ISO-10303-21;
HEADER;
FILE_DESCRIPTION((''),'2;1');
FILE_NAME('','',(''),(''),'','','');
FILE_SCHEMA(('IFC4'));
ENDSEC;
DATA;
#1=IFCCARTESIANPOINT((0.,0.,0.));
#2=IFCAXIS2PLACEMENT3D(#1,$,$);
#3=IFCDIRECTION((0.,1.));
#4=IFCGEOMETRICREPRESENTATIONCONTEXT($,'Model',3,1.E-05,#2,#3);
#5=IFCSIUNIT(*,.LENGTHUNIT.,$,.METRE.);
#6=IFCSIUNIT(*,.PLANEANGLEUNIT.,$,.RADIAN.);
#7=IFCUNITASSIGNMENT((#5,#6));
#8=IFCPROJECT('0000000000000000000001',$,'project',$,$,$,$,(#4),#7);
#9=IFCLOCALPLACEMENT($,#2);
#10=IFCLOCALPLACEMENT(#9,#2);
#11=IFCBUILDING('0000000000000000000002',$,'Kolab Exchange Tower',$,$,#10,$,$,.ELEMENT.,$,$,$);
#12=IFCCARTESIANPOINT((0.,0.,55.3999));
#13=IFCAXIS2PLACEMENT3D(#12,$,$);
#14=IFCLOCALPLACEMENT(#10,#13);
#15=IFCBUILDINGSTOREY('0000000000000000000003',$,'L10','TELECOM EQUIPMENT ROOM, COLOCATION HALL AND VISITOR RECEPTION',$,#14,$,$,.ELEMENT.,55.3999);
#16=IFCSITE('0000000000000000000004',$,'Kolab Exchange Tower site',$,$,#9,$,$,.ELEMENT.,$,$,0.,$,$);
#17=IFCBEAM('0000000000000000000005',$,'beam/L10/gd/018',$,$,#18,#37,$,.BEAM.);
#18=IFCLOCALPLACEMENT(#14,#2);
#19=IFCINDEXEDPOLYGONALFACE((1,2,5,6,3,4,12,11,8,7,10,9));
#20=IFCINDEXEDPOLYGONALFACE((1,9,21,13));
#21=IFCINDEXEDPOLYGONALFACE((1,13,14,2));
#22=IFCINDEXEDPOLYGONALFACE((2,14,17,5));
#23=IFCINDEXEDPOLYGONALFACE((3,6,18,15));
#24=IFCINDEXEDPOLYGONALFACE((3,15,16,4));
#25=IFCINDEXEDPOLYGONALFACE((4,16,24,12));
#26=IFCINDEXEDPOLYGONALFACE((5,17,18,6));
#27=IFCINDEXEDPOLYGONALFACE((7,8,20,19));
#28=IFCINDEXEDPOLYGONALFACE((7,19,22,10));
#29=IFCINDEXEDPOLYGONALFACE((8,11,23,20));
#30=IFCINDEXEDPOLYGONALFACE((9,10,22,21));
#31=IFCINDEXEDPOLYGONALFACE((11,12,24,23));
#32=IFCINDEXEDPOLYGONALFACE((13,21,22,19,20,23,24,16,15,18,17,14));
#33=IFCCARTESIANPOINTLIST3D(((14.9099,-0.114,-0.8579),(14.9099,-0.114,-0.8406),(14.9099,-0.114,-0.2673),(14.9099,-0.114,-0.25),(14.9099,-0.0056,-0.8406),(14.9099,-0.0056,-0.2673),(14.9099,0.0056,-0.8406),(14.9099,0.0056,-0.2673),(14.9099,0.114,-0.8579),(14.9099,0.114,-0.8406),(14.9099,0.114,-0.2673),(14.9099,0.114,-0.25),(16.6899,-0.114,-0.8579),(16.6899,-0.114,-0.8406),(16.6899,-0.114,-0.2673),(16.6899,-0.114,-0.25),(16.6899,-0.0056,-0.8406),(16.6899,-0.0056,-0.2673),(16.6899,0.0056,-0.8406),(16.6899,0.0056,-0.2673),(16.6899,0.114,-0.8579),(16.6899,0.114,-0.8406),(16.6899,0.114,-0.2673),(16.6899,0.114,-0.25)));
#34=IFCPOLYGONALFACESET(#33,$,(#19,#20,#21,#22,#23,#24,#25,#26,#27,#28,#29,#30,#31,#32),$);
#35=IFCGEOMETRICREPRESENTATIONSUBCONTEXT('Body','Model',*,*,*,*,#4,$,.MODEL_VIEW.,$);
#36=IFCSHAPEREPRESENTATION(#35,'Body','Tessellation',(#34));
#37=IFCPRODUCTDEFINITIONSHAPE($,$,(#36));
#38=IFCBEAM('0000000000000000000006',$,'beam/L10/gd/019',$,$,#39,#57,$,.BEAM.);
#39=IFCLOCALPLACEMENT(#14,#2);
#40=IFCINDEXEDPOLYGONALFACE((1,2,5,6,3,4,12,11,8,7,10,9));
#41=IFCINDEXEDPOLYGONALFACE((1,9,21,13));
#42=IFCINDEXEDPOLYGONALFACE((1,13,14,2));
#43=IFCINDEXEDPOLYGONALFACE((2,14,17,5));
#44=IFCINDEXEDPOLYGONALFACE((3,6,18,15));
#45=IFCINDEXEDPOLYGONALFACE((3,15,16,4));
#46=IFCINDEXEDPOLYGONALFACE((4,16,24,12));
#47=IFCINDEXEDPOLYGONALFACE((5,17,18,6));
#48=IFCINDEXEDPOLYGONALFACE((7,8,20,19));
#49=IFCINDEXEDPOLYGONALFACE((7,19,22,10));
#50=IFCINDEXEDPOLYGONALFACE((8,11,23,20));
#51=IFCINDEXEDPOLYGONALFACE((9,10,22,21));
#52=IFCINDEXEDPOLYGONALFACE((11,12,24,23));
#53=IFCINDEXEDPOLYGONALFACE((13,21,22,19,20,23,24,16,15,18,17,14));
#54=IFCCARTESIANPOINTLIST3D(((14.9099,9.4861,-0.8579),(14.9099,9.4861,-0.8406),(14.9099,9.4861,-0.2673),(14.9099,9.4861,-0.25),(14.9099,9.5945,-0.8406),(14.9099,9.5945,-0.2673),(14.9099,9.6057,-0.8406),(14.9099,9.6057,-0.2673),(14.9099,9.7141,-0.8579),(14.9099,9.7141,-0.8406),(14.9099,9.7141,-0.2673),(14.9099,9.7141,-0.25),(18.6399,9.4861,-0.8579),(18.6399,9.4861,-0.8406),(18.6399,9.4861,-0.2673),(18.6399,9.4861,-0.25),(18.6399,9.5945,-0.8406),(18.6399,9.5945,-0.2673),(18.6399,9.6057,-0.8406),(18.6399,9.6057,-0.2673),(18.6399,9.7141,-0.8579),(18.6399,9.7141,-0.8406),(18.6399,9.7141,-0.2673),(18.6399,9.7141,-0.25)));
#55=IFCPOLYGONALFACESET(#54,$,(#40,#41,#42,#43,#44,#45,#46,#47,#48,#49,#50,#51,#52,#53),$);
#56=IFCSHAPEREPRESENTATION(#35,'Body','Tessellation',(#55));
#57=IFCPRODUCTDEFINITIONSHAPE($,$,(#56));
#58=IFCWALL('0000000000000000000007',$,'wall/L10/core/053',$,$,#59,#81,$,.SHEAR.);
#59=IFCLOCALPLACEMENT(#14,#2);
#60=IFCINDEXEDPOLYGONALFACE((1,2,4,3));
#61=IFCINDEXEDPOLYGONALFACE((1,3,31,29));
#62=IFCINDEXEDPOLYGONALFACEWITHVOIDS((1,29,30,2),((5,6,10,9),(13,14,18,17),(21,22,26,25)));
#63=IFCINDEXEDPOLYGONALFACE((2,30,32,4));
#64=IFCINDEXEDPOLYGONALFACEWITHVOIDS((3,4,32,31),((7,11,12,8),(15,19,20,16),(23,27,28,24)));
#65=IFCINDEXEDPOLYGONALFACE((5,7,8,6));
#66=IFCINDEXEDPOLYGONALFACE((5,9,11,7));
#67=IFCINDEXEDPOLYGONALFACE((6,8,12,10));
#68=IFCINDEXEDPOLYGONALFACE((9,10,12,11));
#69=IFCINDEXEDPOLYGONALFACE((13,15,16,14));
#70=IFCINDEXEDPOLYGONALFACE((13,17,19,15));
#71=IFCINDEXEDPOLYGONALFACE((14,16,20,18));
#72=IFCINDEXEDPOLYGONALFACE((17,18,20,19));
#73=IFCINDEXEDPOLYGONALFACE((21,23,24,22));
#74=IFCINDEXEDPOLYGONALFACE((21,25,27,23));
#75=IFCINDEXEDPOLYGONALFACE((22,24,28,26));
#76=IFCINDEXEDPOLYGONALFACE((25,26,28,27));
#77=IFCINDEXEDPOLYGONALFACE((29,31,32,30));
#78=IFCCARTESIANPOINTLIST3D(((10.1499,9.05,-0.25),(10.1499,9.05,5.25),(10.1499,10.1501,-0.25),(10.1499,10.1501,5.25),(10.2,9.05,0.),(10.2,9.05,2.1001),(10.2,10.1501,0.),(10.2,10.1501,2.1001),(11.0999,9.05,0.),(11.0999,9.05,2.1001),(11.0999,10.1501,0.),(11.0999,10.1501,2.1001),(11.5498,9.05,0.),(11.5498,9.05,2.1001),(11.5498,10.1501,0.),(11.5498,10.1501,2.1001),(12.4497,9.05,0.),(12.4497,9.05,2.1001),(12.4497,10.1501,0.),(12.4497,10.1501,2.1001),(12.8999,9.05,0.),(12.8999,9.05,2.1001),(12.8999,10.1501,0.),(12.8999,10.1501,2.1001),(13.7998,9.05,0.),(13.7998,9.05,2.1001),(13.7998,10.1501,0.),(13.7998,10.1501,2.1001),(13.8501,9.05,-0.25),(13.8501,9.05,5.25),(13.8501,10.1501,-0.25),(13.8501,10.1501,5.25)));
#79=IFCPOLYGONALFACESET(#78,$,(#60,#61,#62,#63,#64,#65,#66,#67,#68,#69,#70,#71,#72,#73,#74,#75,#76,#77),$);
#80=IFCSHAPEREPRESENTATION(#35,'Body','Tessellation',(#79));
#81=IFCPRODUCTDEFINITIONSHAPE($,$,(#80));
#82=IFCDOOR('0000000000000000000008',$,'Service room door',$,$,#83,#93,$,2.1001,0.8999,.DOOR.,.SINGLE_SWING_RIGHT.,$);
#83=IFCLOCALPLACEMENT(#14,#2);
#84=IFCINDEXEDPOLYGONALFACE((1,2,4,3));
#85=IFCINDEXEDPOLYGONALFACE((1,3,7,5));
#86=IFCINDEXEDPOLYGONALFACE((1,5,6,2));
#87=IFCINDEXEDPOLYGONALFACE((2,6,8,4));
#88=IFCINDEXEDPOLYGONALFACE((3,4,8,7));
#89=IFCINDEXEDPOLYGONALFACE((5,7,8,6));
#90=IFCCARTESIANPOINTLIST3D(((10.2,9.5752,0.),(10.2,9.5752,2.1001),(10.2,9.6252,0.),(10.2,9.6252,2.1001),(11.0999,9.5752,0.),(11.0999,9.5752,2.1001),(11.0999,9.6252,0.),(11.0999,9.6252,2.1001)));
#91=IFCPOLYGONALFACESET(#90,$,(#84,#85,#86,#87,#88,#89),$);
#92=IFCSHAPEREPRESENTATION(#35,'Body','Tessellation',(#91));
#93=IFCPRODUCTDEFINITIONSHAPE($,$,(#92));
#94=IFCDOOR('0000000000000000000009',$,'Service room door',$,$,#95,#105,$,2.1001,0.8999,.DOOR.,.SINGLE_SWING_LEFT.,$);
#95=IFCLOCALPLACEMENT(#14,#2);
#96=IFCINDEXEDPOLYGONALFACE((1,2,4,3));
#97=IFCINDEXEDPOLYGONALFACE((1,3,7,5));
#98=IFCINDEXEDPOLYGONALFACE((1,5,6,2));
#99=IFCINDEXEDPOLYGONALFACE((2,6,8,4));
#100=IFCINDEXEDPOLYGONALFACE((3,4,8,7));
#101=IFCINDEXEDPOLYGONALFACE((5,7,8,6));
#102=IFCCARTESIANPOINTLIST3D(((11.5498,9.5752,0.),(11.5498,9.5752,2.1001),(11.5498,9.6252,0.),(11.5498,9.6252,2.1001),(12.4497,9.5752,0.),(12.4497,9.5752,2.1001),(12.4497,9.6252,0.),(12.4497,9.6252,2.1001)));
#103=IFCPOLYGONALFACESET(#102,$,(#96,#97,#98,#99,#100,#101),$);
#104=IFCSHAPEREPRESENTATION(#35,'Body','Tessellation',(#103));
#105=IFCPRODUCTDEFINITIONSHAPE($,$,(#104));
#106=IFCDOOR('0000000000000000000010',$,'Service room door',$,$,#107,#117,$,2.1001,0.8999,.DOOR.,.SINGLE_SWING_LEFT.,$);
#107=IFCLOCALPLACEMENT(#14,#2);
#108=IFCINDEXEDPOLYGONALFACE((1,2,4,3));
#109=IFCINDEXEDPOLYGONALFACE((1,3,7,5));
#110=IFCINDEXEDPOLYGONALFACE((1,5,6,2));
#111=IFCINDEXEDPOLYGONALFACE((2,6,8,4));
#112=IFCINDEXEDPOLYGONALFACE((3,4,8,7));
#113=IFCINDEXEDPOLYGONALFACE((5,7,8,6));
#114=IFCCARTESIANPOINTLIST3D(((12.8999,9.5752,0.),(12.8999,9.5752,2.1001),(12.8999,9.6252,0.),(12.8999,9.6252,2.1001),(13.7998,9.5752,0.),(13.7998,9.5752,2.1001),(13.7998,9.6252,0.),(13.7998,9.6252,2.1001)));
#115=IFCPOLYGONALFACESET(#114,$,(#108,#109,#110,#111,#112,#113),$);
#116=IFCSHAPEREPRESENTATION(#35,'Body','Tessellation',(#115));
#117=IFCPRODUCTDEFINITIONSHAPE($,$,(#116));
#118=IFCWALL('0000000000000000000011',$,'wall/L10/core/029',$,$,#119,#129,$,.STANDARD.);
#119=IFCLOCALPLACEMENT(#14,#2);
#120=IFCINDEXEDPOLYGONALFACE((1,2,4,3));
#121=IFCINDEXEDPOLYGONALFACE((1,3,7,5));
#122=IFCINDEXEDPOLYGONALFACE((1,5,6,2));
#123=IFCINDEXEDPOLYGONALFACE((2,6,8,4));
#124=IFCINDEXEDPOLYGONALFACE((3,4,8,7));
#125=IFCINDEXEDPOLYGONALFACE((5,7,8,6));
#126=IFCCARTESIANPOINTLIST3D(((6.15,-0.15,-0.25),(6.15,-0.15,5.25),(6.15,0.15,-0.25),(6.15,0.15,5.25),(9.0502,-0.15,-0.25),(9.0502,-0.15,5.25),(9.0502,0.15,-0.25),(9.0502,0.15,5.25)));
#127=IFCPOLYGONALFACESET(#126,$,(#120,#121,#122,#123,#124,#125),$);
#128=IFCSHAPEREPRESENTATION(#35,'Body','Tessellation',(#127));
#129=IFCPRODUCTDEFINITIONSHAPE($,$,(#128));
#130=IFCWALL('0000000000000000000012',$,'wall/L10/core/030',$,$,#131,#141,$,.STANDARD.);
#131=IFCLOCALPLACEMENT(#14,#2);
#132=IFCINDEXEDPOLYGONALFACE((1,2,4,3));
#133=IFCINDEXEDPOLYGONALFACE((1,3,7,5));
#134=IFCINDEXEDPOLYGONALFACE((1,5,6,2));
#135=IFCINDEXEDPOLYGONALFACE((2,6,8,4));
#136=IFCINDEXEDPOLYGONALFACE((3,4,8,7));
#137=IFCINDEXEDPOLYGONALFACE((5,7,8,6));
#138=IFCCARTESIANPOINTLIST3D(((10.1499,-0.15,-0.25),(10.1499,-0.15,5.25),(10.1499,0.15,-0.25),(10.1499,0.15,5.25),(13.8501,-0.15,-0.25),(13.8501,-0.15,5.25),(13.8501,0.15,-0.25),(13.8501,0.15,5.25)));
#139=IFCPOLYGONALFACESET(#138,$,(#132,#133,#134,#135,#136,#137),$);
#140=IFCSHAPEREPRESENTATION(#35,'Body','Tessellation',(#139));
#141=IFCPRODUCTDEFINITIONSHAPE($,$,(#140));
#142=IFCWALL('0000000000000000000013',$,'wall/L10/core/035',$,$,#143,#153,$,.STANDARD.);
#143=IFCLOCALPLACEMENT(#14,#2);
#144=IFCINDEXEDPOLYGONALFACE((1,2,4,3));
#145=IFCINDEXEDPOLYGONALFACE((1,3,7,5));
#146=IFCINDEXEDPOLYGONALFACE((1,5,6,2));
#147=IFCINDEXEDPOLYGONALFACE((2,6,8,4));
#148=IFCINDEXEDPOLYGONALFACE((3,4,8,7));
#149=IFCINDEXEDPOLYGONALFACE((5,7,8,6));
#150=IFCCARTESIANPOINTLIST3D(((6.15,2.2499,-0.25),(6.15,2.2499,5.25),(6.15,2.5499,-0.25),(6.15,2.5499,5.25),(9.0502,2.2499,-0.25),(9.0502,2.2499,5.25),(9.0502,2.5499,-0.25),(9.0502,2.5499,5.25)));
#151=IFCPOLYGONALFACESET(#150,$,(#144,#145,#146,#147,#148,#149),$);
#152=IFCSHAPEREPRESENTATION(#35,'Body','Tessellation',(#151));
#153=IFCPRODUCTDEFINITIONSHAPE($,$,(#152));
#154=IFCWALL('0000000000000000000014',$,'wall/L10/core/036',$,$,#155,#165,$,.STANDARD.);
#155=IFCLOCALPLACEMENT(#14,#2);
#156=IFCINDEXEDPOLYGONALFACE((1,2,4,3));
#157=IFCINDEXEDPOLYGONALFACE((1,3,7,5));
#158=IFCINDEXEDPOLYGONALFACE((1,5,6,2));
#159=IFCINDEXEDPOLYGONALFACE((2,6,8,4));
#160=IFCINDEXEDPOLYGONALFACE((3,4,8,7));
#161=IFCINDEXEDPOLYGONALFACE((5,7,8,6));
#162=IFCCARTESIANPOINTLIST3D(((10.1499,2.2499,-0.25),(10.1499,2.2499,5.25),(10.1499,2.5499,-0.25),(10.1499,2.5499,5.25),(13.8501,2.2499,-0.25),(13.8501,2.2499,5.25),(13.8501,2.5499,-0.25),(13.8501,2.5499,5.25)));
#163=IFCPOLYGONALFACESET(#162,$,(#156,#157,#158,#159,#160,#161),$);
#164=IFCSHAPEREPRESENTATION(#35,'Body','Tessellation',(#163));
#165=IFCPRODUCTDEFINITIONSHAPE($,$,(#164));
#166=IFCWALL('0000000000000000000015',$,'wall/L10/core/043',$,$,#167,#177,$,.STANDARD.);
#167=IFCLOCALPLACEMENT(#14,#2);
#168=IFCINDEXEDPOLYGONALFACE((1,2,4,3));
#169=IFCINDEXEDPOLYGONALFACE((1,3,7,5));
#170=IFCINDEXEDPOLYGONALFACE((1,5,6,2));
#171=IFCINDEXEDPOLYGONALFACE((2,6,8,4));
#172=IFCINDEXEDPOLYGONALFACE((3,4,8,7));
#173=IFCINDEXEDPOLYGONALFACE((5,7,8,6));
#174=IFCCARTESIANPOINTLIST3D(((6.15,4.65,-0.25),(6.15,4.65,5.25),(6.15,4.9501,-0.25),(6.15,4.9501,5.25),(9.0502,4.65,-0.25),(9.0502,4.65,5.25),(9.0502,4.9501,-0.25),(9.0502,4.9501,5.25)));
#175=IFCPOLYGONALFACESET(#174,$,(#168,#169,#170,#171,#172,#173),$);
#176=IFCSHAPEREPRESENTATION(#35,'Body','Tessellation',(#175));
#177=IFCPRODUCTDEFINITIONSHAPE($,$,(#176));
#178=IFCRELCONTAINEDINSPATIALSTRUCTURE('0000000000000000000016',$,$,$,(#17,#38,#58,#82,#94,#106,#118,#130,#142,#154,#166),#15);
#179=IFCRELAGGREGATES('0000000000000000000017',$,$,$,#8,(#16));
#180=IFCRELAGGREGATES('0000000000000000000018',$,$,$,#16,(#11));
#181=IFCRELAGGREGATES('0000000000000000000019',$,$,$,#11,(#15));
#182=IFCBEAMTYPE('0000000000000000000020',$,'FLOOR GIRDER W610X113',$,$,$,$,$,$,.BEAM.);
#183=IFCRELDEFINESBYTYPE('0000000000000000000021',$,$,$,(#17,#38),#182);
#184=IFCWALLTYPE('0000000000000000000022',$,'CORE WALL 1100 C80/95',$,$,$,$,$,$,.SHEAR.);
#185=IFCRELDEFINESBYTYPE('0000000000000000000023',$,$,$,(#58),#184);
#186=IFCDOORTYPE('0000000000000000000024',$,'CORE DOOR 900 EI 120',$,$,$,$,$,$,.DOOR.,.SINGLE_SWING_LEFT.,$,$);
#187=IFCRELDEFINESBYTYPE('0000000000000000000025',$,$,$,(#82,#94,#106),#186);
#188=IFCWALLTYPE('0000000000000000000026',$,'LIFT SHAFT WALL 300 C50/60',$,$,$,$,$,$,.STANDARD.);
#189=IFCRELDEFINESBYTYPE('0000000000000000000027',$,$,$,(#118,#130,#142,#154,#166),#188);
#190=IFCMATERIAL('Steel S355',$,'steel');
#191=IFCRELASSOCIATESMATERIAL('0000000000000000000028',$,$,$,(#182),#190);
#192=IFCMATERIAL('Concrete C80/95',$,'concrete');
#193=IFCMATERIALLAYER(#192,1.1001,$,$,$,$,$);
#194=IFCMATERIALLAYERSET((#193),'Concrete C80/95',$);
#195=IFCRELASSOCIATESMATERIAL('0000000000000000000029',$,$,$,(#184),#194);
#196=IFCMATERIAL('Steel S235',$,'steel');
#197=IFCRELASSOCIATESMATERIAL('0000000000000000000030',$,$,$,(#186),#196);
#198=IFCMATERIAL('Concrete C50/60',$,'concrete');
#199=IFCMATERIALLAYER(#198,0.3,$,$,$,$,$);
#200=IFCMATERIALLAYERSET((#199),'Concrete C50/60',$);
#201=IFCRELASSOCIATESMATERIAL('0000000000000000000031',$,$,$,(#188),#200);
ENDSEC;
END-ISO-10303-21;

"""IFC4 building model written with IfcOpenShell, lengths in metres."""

from ifc_helpers import new_model, si_unit, direction, frame, frame_2d, origin, origin_2d, place, context, subcontext, project, spatial, rectangle, i_section, extrude, material, layer, layer_set, material_profile, profile_set, type_object, element, fill, save


model = new_model("IFC4")

# Units and contexts
model_context = context("Model", 3, precision=1e-05, world=origin(), true_north=direction((0.0, 1.0)))
body_context = subcontext(model_context, "Body", "Model", "MODEL_VIEW")
ifc_project = project(units=[si_unit("LENGTHUNIT", "METRE"), si_unit("PLANEANGLEUNIT", "RADIAN")], contexts=[model_context])

# Site, building, storey
site_placement = place(None, origin())
site = spatial("IfcSite", under=ifc_project, at=site_placement, Name="Kolab Exchange Tower site", CompositionType="ELEMENT", RefElevation=0.0)
building_placement = place(site_placement, origin())
building = spatial("IfcBuilding", under=site, at=building_placement, Name="Kolab Exchange Tower", CompositionType="ELEMENT")
storey_placement = place(building_placement, frame((0.0, 0.0, 55.3999)))
storey = spatial("IfcBuildingStorey", under=building, at=storey_placement, Name="L10", Description="TELECOM EQUIPMENT ROOM, COLOCATION HALL AND VISITOR RECEPTION", CompositionType="ELEMENT", Elevation=55.3999)

# Beams
ifc_material_1 = material(Name="Steel S355", Category="steel")
ifc_material_profile = material_profile(ifc_material_1, i_section(OverallWidth=0.228, OverallDepth=0.6079, WebThickness=0.0112, FlangeThickness=0.0173, at=origin_2d()), Name="W610X113")
ifc_profile_set = profile_set([ifc_material_profile], Name="Steel S355")
beam_type = type_object("IfcBeamType", Name="FLOOR GIRDER W610X113", PredefinedType="BEAM", material=ifc_profile_set)
beam_1_placement = place(storey_placement, frame((14.9099, 0.0, -0.554), z_axis=(1.0, 0.0, 0.0), x_axis=(0.0, 1.0, 0.0)))
element("IfcBeam", 1, at=beam_1_placement, inside=storey, type_object=beam_type, Name="beam/L10/gd/018", PredefinedType="BEAM", context=body_context, shape_type="SweptSolid", body=[
    extrude(i_section(OverallWidth=0.228, OverallDepth=0.6079, WebThickness=0.0112, FlangeThickness=0.0173, at=origin_2d()), origin(), (0.0, 0.0, 1.0), 1.78),
])
beam_2_placement = place(storey_placement, frame((14.9099, 9.6001, -0.554), z_axis=(1.0, 0.0, 0.0), x_axis=(0.0, 1.0, 0.0)))
element("IfcBeam", 2, at=beam_2_placement, inside=storey, type_object=beam_type, Name="beam/L10/gd/019", PredefinedType="BEAM", context=body_context, shape_type="SweptSolid", body=[
    extrude(i_section(OverallWidth=0.228, OverallDepth=0.6079, WebThickness=0.0112, FlangeThickness=0.0173, at=origin_2d()), origin(), (0.0, 0.0, 1.0), 3.73),
])

# Wall, openings, doors
ifc_material_2 = material(Name="Concrete C80/95", Category="concrete")
ifc_layer_1 = layer(ifc_material_2, 1.1001)
ifc_layer_set_1 = layer_set([ifc_layer_1], Name="Concrete C80/95")
wall_type_1 = type_object("IfcWallType", Name="CORE WALL 1100 C80/95", PredefinedType="SHEAR", material=ifc_layer_set_1)
wall_1_placement = place(storey_placement, frame((10.1499, 9.6001, -0.25), z_axis=(0.0, 0.0, 1.0), x_axis=(1.0, 0.0, 0.0)))
wall_1 = element("IfcWall", 3, at=wall_1_placement, inside=storey, type_object=wall_type_1, Name="wall/L10/core/053", PredefinedType="SHEAR", context=body_context, shape_type="SweptSolid", body=[
    extrude(rectangle(XDim=3.7002, YDim=1.1001, at=frame_2d((1.8501, 0.0))), origin(), (0.0, 0.0, 1.0), 5.5),
])
opening_1_placement = place(wall_1_placement, frame((0.05, 0.0, 0.25)))
opening_1 = element("IfcOpeningElement", 4, at=opening_1_placement, cuts=wall_1, PredefinedType="OPENING", context=body_context, shape_type="SweptSolid", body=[
    extrude(rectangle(XDim=0.8999, YDim=2.1001, at=frame_2d((0.45, 1.05))), frame((0.0, 0.5601, 0.0), z_axis=(0.0, -1.0, 0.0), x_axis=(1.0, 0.0, 0.0)), (0.0, 0.0, 1.0), 1.1201),
])
opening_2_placement = place(wall_1_placement, frame((1.3999, 0.0, 0.25)))
opening_2 = element("IfcOpeningElement", 5, at=opening_2_placement, cuts=wall_1, PredefinedType="OPENING", context=body_context, shape_type="SweptSolid", body=[
    extrude(rectangle(XDim=0.8999, YDim=2.1001, at=frame_2d((0.45, 1.05))), frame((0.0, 0.5601, 0.0), z_axis=(0.0, -1.0, 0.0), x_axis=(1.0, 0.0, 0.0)), (0.0, 0.0, 1.0), 1.1201),
])
opening_3_placement = place(wall_1_placement, frame((2.75, 0.0, 0.25)))
opening_3 = element("IfcOpeningElement", 6, at=opening_3_placement, cuts=wall_1, PredefinedType="OPENING", context=body_context, shape_type="SweptSolid", body=[
    extrude(rectangle(XDim=0.8999, YDim=2.1001, at=frame_2d((0.45, 1.05))), frame((0.0, 0.5601, 0.0), z_axis=(0.0, -1.0, 0.0), x_axis=(1.0, 0.0, 0.0)), (0.0, 0.0, 1.0), 1.1201),
])
ifc_material_3 = material(Name="Steel S235", Category="steel")
door_type_1 = type_object("IfcDoorType", Name="CORE DOOR 900 EI 120", OperationType="SINGLE_SWING_LEFT", PredefinedType="DOOR", material=ifc_material_3)
door_1_placement = place(opening_1_placement, frame((0.8999, 0.0, 0.0), z_axis=(0.0, 0.0, 1.0), x_axis=(-1.0, 0.0, 0.0)))
door_1 = element("IfcDoor", 7, at=door_1_placement, inside=storey, type_object=door_type_1, Name="Service room door", OperationType="SINGLE_SWING_RIGHT", OverallHeight=2.1001, OverallWidth=0.8999, PredefinedType="DOOR", context=body_context, shape_type="SweptSolid", body=[
    extrude(rectangle(XDim=0.8999, YDim=2.1001, at=frame_2d((0.45, 1.05))), frame((0.0, 0.0249, 0.0), z_axis=(0.0, -1.0, 0.0), x_axis=(1.0, 0.0, 0.0)), (0.0, 0.0, 1.0), 0.05),
])
fill(opening_1, door_1)
door_2_placement = place(opening_2_placement, frame((0.8999, 0.0, 0.0), z_axis=(0.0, 0.0, 1.0), x_axis=(-1.0, 0.0, 0.0)))
door_2 = element("IfcDoor", 8, at=door_2_placement, inside=storey, type_object=door_type_1, Name="Service room door", OperationType="SINGLE_SWING_LEFT", OverallHeight=2.1001, OverallWidth=0.8999, PredefinedType="DOOR", context=body_context, shape_type="SweptSolid", body=[
    extrude(rectangle(XDim=0.8999, YDim=2.1001, at=frame_2d((0.45, 1.05))), frame((0.0, 0.0249, 0.0), z_axis=(0.0, -1.0, 0.0), x_axis=(1.0, 0.0, 0.0)), (0.0, 0.0, 1.0), 0.05),
])
fill(opening_2, door_2)
door_3_placement = place(opening_3_placement, frame((0.8999, 0.0, 0.0), z_axis=(0.0, 0.0, 1.0), x_axis=(-1.0, 0.0, 0.0)))
door_3 = element("IfcDoor", 9, at=door_3_placement, inside=storey, type_object=door_type_1, Name="Service room door", OperationType="SINGLE_SWING_LEFT", OverallHeight=2.1001, OverallWidth=0.8999, PredefinedType="DOOR", context=body_context, shape_type="SweptSolid", body=[
    extrude(rectangle(XDim=0.8999, YDim=2.1001, at=frame_2d((0.45, 1.05))), frame((0.0, 0.0249, 0.0), z_axis=(0.0, -1.0, 0.0), x_axis=(1.0, 0.0, 0.0)), (0.0, 0.0, 1.0), 0.05),
])
fill(opening_3, door_3)

# Walls
ifc_material_4 = material(Name="Concrete C50/60", Category="concrete")
ifc_layer_2 = layer(ifc_material_4, 0.3)
ifc_layer_set_2 = layer_set([ifc_layer_2], Name="Concrete C50/60")
wall_type_2 = type_object("IfcWallType", Name="LIFT SHAFT WALL 300 C50/60", PredefinedType="STANDARD", material=ifc_layer_set_2)
wall_2_placement = place(storey_placement, frame((6.1499, 0.0, -0.25), z_axis=(0.0, 0.0, 1.0), x_axis=(1.0, 0.0, 0.0)))
element("IfcWall", 10, at=wall_2_placement, inside=storey, type_object=wall_type_2, Name="wall/L10/core/029", PredefinedType="STANDARD", context=body_context, shape_type="SweptSolid", body=[
    extrude(rectangle(XDim=2.9001, YDim=0.3, at=frame_2d((1.4502, 0.0))), origin(), (0.0, 0.0, 1.0), 5.5),
])
wall_3_placement = place(storey_placement, frame((10.1499, 0.0, -0.25), z_axis=(0.0, 0.0, 1.0), x_axis=(1.0, 0.0, 0.0)))
element("IfcWall", 11, at=wall_3_placement, inside=storey, type_object=wall_type_2, Name="wall/L10/core/030", PredefinedType="STANDARD", context=body_context, shape_type="SweptSolid", body=[
    extrude(rectangle(XDim=3.7002, YDim=0.3, at=frame_2d((1.8501, 0.0))), origin(), (0.0, 0.0, 1.0), 5.5),
])
wall_4_placement = place(storey_placement, frame((6.1499, 2.3999, -0.25), z_axis=(0.0, 0.0, 1.0), x_axis=(1.0, 0.0, 0.0)))
element("IfcWall", 12, at=wall_4_placement, inside=storey, type_object=wall_type_2, Name="wall/L10/core/035", PredefinedType="STANDARD", context=body_context, shape_type="SweptSolid", body=[
    extrude(rectangle(XDim=2.9001, YDim=0.3, at=frame_2d((1.4502, 0.0))), origin(), (0.0, 0.0, 1.0), 5.5),
])
wall_5_placement = place(storey_placement, frame((10.1499, 2.3999, -0.25), z_axis=(0.0, 0.0, 1.0), x_axis=(1.0, 0.0, 0.0)))
element("IfcWall", 13, at=wall_5_placement, inside=storey, type_object=wall_type_2, Name="wall/L10/core/036", PredefinedType="STANDARD", context=body_context, shape_type="SweptSolid", body=[
    extrude(rectangle(XDim=3.7002, YDim=0.3, at=frame_2d((1.8501, 0.0))), origin(), (0.0, 0.0, 1.0), 5.5),
])
wall_6_placement = place(storey_placement, frame((6.1499, 4.8, -0.25), z_axis=(0.0, 0.0, 1.0), x_axis=(1.0, 0.0, 0.0)))
element("IfcWall", 14, at=wall_6_placement, inside=storey, type_object=wall_type_2, Name="wall/L10/core/043", PredefinedType="STANDARD", context=body_context, shape_type="SweptSolid", body=[
    extrude(rectangle(XDim=2.9001, YDim=0.3, at=frame_2d((1.4502, 0.0))), origin(), (0.0, 0.0, 1.0), 5.5),
])

save(model, "model.ifc")
